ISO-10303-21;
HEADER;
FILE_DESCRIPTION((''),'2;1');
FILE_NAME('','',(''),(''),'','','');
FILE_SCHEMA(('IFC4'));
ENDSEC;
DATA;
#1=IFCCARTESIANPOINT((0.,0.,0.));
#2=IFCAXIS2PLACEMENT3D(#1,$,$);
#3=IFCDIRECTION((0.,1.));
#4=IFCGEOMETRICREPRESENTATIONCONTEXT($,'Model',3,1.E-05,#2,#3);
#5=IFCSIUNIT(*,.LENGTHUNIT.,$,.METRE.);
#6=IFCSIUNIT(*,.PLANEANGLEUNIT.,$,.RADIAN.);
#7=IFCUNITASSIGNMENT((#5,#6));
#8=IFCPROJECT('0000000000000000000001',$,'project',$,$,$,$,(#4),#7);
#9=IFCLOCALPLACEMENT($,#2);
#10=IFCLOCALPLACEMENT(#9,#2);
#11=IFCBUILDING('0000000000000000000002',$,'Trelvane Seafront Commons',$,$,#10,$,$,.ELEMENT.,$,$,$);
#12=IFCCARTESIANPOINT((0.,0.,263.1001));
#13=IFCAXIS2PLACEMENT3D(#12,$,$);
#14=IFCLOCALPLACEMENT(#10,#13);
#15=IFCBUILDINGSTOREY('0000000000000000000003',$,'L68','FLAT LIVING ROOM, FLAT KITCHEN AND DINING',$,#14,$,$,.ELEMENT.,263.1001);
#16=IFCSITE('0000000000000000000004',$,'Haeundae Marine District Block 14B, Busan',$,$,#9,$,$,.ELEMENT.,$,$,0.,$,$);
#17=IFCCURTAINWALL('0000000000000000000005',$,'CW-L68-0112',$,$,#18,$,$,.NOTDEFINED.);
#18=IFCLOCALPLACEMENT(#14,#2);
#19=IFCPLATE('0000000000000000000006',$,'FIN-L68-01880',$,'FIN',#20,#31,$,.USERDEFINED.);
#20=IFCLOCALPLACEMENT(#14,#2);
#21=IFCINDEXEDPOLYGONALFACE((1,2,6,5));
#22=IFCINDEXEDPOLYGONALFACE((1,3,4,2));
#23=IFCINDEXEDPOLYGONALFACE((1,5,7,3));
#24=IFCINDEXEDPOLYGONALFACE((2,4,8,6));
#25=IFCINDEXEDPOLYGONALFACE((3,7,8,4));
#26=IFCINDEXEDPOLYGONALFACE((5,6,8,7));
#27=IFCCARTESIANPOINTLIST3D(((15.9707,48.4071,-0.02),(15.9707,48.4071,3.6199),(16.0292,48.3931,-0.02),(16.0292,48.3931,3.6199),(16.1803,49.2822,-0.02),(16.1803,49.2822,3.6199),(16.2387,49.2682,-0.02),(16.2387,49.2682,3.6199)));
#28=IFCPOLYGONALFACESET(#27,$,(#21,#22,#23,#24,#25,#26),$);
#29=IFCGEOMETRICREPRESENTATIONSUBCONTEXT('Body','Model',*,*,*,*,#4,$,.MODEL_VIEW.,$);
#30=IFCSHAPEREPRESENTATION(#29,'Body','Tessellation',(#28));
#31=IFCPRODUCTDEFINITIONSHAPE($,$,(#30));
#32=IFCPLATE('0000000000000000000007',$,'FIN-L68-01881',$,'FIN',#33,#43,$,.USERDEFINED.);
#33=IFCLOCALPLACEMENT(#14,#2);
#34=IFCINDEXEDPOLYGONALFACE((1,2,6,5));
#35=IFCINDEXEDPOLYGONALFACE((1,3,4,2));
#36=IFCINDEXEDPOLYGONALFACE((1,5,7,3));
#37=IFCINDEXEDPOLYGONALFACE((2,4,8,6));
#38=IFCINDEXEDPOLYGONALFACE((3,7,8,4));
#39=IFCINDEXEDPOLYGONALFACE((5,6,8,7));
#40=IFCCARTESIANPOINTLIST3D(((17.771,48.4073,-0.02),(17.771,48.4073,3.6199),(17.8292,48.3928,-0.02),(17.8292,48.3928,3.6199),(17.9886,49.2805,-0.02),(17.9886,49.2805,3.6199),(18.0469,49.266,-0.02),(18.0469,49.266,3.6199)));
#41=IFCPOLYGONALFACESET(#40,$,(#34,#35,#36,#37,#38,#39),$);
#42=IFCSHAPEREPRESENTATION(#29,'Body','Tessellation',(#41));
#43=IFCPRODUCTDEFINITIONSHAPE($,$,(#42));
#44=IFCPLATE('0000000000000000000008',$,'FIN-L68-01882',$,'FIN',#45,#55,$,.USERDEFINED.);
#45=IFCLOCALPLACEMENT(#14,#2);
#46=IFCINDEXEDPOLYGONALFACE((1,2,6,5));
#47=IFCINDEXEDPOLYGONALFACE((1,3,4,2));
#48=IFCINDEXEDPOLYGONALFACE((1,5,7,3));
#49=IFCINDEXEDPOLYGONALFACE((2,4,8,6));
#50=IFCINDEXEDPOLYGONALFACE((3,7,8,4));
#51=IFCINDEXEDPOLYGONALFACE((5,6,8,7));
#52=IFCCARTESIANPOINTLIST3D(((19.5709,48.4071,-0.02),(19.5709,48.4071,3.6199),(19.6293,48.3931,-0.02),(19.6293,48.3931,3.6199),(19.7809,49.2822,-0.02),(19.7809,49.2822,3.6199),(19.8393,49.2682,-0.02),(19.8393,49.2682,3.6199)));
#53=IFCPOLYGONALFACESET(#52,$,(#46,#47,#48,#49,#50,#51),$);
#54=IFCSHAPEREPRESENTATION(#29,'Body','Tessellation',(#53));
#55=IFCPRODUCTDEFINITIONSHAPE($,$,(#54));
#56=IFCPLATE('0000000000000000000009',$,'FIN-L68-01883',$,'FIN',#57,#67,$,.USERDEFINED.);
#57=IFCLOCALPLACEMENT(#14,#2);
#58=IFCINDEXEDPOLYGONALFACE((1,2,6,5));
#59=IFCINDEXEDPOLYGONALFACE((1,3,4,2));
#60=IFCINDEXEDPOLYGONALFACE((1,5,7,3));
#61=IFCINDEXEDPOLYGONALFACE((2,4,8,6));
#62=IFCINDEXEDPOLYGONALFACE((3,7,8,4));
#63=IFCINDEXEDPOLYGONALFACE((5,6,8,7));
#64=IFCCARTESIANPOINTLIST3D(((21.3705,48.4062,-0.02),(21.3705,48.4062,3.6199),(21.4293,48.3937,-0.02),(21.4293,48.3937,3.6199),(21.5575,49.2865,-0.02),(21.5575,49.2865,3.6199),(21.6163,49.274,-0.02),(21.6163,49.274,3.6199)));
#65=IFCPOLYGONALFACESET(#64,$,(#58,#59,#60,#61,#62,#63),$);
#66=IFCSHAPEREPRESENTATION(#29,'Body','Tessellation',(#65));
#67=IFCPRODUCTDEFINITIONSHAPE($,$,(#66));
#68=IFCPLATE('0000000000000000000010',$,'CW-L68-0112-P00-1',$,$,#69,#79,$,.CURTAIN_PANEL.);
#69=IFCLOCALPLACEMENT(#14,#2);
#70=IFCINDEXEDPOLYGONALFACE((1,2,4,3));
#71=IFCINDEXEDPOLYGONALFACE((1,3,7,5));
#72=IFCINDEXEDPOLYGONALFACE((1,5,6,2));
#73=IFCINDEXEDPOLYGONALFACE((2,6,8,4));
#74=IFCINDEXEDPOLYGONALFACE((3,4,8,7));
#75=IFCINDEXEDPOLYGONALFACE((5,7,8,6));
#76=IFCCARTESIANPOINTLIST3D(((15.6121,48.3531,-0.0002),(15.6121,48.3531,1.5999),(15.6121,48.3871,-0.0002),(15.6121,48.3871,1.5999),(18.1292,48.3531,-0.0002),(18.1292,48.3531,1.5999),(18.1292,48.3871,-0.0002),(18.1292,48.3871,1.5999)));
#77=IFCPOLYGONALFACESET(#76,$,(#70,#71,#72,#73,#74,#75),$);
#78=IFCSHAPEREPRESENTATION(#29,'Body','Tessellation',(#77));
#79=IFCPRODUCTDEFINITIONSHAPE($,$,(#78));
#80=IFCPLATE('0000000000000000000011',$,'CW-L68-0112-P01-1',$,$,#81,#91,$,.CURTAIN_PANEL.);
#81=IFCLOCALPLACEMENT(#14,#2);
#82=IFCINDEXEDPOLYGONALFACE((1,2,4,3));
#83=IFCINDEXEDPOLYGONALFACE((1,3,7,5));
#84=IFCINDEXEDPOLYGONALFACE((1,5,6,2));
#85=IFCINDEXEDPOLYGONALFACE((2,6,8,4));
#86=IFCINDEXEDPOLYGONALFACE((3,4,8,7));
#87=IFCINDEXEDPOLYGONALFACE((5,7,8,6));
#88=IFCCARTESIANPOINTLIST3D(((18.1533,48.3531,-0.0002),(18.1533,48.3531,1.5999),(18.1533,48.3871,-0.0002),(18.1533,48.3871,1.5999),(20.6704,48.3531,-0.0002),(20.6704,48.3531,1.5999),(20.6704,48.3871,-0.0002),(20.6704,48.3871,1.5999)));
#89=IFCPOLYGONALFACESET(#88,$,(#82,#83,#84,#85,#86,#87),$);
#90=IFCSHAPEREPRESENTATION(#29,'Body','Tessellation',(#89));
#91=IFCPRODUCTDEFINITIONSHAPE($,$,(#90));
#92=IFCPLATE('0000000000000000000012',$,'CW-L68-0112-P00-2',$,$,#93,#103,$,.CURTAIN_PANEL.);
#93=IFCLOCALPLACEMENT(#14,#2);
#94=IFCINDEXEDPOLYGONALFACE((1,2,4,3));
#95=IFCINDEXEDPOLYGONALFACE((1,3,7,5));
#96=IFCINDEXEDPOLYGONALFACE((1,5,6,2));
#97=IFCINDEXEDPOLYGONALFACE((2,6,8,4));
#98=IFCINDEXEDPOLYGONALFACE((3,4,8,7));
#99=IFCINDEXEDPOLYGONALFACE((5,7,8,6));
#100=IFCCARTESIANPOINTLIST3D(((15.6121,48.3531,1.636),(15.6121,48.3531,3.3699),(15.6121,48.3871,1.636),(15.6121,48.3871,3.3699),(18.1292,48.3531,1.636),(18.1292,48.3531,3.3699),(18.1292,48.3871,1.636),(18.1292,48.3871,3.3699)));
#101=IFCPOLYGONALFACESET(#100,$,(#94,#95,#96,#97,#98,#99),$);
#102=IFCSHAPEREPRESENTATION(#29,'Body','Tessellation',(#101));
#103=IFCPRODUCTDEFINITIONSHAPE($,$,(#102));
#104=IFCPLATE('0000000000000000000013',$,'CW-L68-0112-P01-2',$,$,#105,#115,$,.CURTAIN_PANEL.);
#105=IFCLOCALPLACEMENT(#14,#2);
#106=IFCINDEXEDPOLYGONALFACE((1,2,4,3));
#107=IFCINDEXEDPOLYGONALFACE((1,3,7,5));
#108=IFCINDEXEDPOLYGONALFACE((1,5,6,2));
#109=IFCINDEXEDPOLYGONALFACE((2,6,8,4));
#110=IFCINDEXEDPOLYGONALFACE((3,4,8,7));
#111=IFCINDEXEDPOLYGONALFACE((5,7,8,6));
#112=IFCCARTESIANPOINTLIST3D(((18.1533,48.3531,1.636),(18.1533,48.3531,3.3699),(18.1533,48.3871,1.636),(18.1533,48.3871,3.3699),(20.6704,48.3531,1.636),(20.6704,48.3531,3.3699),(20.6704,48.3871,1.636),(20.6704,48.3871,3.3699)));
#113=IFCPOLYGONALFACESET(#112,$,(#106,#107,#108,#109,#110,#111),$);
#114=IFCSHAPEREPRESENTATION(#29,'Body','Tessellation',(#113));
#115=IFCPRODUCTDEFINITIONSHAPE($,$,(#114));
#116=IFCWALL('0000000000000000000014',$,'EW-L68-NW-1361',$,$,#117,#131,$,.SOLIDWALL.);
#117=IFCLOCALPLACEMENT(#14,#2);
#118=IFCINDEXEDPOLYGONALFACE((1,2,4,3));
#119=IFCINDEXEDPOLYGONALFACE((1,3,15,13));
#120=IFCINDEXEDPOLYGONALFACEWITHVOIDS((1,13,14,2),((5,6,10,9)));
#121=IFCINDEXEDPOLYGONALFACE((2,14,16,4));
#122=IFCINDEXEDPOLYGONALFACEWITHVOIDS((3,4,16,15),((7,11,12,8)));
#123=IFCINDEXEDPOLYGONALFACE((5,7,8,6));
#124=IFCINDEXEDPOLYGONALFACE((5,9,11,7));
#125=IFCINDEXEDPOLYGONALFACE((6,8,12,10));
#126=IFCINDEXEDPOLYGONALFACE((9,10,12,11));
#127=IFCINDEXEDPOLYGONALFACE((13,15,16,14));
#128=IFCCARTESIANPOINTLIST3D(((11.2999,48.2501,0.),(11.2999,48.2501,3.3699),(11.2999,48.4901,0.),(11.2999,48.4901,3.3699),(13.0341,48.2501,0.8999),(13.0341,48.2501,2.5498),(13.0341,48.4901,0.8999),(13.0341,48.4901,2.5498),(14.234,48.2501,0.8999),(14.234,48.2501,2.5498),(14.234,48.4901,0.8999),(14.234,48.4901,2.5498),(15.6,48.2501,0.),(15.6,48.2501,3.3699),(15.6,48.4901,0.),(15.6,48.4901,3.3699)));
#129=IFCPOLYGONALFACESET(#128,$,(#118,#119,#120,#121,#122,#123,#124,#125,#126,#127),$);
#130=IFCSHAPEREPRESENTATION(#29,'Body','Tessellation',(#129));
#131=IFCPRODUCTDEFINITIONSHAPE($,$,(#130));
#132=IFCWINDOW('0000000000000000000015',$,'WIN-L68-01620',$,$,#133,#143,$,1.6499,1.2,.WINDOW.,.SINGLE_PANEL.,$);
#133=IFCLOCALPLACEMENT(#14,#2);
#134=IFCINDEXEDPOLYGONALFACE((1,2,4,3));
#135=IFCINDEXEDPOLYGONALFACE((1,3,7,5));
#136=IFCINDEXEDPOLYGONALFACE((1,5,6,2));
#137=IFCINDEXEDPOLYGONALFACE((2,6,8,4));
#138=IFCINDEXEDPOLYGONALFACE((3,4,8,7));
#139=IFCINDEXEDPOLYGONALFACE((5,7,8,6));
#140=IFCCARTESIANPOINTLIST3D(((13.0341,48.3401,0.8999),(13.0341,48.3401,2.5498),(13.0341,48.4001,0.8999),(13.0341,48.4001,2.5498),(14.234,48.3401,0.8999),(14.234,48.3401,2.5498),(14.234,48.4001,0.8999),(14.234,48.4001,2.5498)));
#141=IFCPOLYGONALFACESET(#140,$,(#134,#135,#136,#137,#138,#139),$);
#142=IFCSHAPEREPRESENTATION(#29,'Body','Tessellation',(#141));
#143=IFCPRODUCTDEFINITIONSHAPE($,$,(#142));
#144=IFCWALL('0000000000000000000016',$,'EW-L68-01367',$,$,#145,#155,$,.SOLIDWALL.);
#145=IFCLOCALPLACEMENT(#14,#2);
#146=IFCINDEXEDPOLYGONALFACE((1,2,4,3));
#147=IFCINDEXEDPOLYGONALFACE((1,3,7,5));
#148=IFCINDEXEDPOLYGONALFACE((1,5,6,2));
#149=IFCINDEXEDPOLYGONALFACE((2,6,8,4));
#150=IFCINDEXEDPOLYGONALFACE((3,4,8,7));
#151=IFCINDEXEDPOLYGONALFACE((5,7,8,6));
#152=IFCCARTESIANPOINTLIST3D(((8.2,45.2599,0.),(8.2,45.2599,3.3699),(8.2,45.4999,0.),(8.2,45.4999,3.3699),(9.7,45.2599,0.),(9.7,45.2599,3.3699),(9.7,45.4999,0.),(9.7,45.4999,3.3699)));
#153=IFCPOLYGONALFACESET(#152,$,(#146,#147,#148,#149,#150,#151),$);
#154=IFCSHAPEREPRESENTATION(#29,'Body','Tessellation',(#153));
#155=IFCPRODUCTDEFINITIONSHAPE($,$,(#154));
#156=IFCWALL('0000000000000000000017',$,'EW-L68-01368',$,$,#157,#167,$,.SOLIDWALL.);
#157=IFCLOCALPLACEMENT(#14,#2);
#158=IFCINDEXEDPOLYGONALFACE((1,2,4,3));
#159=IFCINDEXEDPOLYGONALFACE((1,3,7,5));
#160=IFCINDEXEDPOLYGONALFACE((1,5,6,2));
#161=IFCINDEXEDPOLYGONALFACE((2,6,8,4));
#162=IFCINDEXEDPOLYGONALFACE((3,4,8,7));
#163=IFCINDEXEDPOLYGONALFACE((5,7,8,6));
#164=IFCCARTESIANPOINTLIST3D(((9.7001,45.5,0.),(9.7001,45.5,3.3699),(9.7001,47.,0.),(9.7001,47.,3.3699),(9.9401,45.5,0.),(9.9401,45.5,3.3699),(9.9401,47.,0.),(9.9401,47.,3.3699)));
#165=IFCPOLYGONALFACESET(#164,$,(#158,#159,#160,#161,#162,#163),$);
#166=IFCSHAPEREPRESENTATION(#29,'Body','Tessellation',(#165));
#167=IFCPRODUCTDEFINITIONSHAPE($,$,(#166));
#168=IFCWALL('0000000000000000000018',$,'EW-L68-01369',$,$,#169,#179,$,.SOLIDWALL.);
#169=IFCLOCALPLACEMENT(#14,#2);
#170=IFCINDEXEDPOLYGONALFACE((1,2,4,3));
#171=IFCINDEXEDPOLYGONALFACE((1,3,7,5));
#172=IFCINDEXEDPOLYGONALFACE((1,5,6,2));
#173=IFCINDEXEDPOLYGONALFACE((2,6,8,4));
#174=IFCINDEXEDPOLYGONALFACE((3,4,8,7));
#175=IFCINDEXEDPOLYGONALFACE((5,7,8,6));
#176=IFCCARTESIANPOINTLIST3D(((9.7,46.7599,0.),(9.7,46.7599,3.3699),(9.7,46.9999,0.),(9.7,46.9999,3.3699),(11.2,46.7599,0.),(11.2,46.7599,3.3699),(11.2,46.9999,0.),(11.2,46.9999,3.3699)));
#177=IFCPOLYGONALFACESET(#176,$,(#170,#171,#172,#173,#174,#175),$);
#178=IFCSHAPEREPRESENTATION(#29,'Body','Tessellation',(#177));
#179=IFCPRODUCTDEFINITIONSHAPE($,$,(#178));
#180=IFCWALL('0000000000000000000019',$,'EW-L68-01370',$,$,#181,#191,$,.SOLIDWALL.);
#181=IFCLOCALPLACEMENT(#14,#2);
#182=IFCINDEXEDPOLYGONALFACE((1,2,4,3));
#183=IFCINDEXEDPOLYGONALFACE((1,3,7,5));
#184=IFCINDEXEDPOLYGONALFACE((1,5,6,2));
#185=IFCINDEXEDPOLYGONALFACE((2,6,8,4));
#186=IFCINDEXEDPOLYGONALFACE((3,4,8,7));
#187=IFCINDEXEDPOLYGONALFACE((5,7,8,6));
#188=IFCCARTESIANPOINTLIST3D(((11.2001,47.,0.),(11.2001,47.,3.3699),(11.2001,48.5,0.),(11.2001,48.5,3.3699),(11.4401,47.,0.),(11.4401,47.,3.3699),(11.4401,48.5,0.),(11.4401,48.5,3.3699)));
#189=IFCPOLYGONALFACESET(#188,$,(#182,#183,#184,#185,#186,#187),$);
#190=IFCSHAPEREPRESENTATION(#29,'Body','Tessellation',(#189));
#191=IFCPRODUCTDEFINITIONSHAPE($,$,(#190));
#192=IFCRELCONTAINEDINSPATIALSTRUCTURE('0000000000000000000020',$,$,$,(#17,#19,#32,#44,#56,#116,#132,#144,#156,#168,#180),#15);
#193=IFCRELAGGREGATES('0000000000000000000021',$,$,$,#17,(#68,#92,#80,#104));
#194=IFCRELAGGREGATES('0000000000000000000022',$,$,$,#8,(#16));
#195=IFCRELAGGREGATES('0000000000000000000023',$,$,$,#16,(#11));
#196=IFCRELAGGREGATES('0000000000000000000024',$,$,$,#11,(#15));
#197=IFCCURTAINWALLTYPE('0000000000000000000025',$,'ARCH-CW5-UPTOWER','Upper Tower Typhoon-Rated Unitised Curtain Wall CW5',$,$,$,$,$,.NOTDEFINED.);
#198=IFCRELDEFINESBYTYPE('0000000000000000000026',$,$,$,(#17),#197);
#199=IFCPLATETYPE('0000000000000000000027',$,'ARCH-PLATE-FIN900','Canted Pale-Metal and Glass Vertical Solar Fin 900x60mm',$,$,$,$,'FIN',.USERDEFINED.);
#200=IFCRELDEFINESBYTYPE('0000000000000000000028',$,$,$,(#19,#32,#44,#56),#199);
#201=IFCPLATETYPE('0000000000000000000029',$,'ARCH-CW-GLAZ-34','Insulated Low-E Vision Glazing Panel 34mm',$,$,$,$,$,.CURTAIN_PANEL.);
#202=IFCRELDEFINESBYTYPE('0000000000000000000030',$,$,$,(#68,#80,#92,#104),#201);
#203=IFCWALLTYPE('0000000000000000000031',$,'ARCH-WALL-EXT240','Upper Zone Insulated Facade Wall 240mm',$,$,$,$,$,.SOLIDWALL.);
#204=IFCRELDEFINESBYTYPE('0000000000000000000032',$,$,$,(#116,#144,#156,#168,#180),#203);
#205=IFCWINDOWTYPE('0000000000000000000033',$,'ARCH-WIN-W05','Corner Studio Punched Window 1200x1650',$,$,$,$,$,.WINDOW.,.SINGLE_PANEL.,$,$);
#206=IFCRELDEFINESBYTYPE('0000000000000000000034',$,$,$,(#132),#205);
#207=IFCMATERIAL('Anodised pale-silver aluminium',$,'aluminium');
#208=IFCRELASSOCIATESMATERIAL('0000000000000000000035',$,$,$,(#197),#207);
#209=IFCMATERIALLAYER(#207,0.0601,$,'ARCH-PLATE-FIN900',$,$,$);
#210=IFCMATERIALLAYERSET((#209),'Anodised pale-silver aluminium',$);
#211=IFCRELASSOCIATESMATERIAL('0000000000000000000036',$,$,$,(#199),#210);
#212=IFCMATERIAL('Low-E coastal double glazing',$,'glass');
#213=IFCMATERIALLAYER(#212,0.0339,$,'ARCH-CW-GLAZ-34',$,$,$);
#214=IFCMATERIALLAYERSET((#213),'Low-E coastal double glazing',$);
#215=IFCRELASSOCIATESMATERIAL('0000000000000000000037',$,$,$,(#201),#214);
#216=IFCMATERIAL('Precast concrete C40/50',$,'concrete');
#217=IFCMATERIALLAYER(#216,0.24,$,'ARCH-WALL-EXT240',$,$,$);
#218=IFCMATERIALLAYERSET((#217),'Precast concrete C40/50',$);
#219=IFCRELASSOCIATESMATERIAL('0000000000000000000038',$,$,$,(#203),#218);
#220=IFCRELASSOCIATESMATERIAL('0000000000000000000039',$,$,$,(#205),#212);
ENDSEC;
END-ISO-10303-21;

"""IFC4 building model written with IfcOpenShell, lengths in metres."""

from ifc_helpers import new_model, si_unit, direction, frame, frame_2d, origin, origin_2d, place, context, subcontext, project, spatial, rectangle, extrude, source, transform, mapped, material, layer, layer_set, type_object, element, fill, aggregate, save


model = new_model("IFC4")

# Units and contexts
model_context = context("Model", 3, precision=1e-05, world=origin(), true_north=direction((0.0, 1.0)))
body_context = subcontext(model_context, "Body", "Model", "MODEL_VIEW")
ifc_project = project(units=[si_unit("LENGTHUNIT", "METRE"), si_unit("PLANEANGLEUNIT", "RADIAN")], contexts=[model_context])

# Site, building, storey
site_placement = place(None, origin())
site = spatial("IfcSite", under=ifc_project, at=site_placement, Name="Haeundae Marine District Block 14B, Busan", CompositionType="ELEMENT", RefElevation=0.0)
building_placement = place(site_placement, origin())
building = spatial("IfcBuilding", under=site, at=building_placement, Name="Trelvane Seafront Commons", CompositionType="ELEMENT")
storey_placement = place(building_placement, frame((0.0, 0.0, 263.1001)))
storey = spatial("IfcBuildingStorey", under=building, at=storey_placement, Name="L68", Description="FLAT LIVING ROOM, FLAT KITCHEN AND DINING", CompositionType="ELEMENT", Elevation=263.1001)

# Curtain wall
ifc_material_1 = material(Name="Anodised pale-silver aluminium", Category="aluminium")
curtain_wall_type = type_object("IfcCurtainWallType", Name="ARCH-CW5-UPTOWER", Description="Upper Tower Typhoon-Rated Unitised Curtain Wall CW5", PredefinedType="NOTDEFINED", material=ifc_material_1)
curtain_wall_placement = place(storey_placement, origin())
curtain_wall = element("IfcCurtainWall", 1, at=curtain_wall_placement, inside=storey, type_object=curtain_wall_type, Name="CW-L68-0112", PredefinedType="NOTDEFINED")

# Plates
ifc_layer_1 = layer(ifc_material_1, 0.0601, Name="ARCH-PLATE-FIN900")
ifc_layer_set_1 = layer_set([ifc_layer_1], Name="Anodised pale-silver aluminium")
plate_type_1 = type_object("IfcPlateType", Name="ARCH-PLATE-FIN900", Description="Canted Pale-Metal and Glass Vertical Solar Fin 900x60mm", ElementType="FIN", PredefinedType="USERDEFINED", material=ifc_layer_set_1)
shared_shape_1 = source(origin(), body_context, "Body", "SweptSolid", [
    extrude(rectangle(XDim=0.8999, YDim=0.0601, at=origin_2d()), origin(), (0.0, 0.0, 1.0), 3.6399),
])
for number, where, z_axis, x_axis, name in (
    (2, (16.1047, 48.8376, -0.02), (0.0, 0.0, 1.0), (0.232877, 0.972506, 0.0), "FIN-L68-01880"),
    (3, (17.9089, 48.8367, -0.02), (0.0, 0.0, 1.0), (0.241881, 0.970306, 0.0), "FIN-L68-01881"),
    (4, (19.7051, 48.8376, -0.02), (0.0, 0.0, 1.0), (0.233347, 0.972394, 0.0), "FIN-L68-01882"),
    (5, (21.4934, 48.8401, -0.02), (0.0, 0.0, 1.0), (0.207768, 0.978178, 0.0), "FIN-L68-01883"),
):
    element("IfcPlate", number, at=place(storey_placement, frame(where, z_axis=z_axis, x_axis=x_axis)), inside=storey, type_object=plate_type_1, Name=name, ObjectType="FIN", PredefinedType="USERDEFINED", context=body_context, shape_type="MappedRepresentation", body=[
        mapped(shared_shape_1, transform((0.0, 0.0, 0.0), x_axis=(1.0, 0.0, 0.0), y_axis=(0.0, 1.0, 0.0), z_axis=(0.0, 0.0, 1.0), scale=1.0)),
    ])

# Plates
ifc_material_2 = material(Name="Low-E coastal double glazing", Category="glass")
ifc_layer_2 = layer(ifc_material_2, 0.0339, Name="ARCH-CW-GLAZ-34")
ifc_layer_set_2 = layer_set([ifc_layer_2], Name="Low-E coastal double glazing")
plate_type_2 = type_object("IfcPlateType", Name="ARCH-CW-GLAZ-34", Description="Insulated Low-E Vision Glazing Panel 34mm", PredefinedType="CURTAIN_PANEL", material=ifc_layer_set_2)
shared_shape_2 = source(origin(), body_context, "Body", "SweptSolid", [
    extrude(rectangle(XDim=2.5171, YDim=0.0339, at=origin_2d()), origin(), (0.0, 0.0, 1.0), 1.6001),
])
plate_1_placement = place(storey_placement, frame((16.8706, 48.3701, -0.0002), z_axis=(0.0, 0.0, 1.0), x_axis=(1.0, 0.0, 0.0)))
plate_1 = element("IfcPlate", 6, at=plate_1_placement, type_object=plate_type_2, Name="CW-L68-0112-P00-1", PredefinedType="CURTAIN_PANEL", context=body_context, shape_type="MappedRepresentation", body=[
    mapped(shared_shape_2, transform((0.0, 0.0, 0.0), x_axis=(1.0, 0.0, 0.0), y_axis=(0.0, 1.0, 0.0), z_axis=(0.0, 0.0, 1.0), scale=1.0)),
])
plate_2_placement = place(storey_placement, frame((19.4119, 48.3701, -0.0002), z_axis=(0.0, 0.0, 1.0), x_axis=(1.0, 0.0, 0.0)))
plate_2 = element("IfcPlate", 7, at=plate_2_placement, type_object=plate_type_2, Name="CW-L68-0112-P01-1", PredefinedType="CURTAIN_PANEL", context=body_context, shape_type="MappedRepresentation", body=[
    mapped(shared_shape_2, transform((0.0, 0.0, 0.0), x_axis=(1.0, 0.0, 0.0), y_axis=(0.0, 1.0, 0.0), z_axis=(0.0, 0.0, 1.0), scale=1.0)),
])
shared_shape_3 = source(origin(), body_context, "Body", "SweptSolid", [
    extrude(rectangle(XDim=2.5171, YDim=0.0339, at=origin_2d()), origin(), (0.0, 0.0, 1.0), 1.7339),
])
plate_3_placement = place(storey_placement, frame((16.8706, 48.3701, 1.636), z_axis=(0.0, 0.0, 1.0), x_axis=(1.0, 0.0, 0.0)))
plate_3 = element("IfcPlate", 8, at=plate_3_placement, type_object=plate_type_2, Name="CW-L68-0112-P00-2", PredefinedType="CURTAIN_PANEL", context=body_context, shape_type="MappedRepresentation", body=[
    mapped(shared_shape_3, transform((0.0, 0.0, 0.0), x_axis=(1.0, 0.0, 0.0), y_axis=(0.0, 1.0, 0.0), z_axis=(0.0, 0.0, 1.0), scale=1.0)),
])
plate_4_placement = place(storey_placement, frame((19.4119, 48.3701, 1.636), z_axis=(0.0, 0.0, 1.0), x_axis=(1.0, 0.0, 0.0)))
plate_4 = element("IfcPlate", 9, at=plate_4_placement, type_object=plate_type_2, Name="CW-L68-0112-P01-2", PredefinedType="CURTAIN_PANEL", context=body_context, shape_type="MappedRepresentation", body=[
    mapped(shared_shape_3, transform((0.0, 0.0, 0.0), x_axis=(1.0, 0.0, 0.0), y_axis=(0.0, 1.0, 0.0), z_axis=(0.0, 0.0, 1.0), scale=1.0)),
])
aggregate(curtain_wall, [plate_1, plate_3, plate_2, plate_4])

# Wall, opening, window
ifc_material_3 = material(Name="Precast concrete C40/50", Category="concrete")
ifc_layer_3 = layer(ifc_material_3, 0.24, Name="ARCH-WALL-EXT240")
ifc_layer_set_3 = layer_set([ifc_layer_3], Name="Precast concrete C40/50")
wall_type = type_object("IfcWallType", Name="ARCH-WALL-EXT240", Description="Upper Zone Insulated Facade Wall 240mm", PredefinedType="SOLIDWALL", material=ifc_layer_set_3)
wall_placement = place(storey_placement, frame((11.3, 48.3701, 0.0), z_axis=(0.0, 0.0, 1.0), x_axis=(1.0, 0.0, 0.0)))
wall = element("IfcWall", 10, at=wall_placement, inside=storey, type_object=wall_type, Name="EW-L68-NW-1361", PredefinedType="SOLIDWALL", context=body_context, shape_type="SweptSolid", body=[
    extrude(rectangle(XDim=4.3, YDim=0.24, at=frame_2d((2.1499, 0.0))), origin(), (0.0, 0.0, 1.0), 3.3699),
])
opening_placement = place(wall_placement, frame((1.7339, 0.0, 0.8999)))
opening = element("IfcOpeningElement", 11, at=opening_placement, cuts=wall, PredefinedType="OPENING", context=body_context, shape_type="SweptSolid", body=[
    extrude(rectangle(XDim=1.2, YDim=1.6499, at=frame_2d((0.6001, 0.825))), frame((0.0, 0.1299, 0.0), z_axis=(0.0, -1.0, 0.0), x_axis=(1.0, 0.0, 0.0)), (0.0, 0.0, 1.0), 0.26),
])
window_type = type_object("IfcWindowType", Name="ARCH-WIN-W05", Description="Corner Studio Punched Window 1200x1650", PartitioningType="SINGLE_PANEL", PredefinedType="WINDOW", material=ifc_material_2)
shared_shape_4 = source(origin(), body_context, "Body", "SweptSolid", [
    extrude(rectangle(XDim=1.2, YDim=1.6499, at=frame_2d((0.6001, 0.825))), frame((0.0, 0.03, 0.0), z_axis=(0.0, -1.0, 0.0), x_axis=(1.0, 0.0, 0.0)), (0.0, 0.0, 1.0), 0.0601),
])
window_placement = place(opening_placement, origin())
window = element("IfcWindow", 12, at=window_placement, inside=storey, type_object=window_type, Name="WIN-L68-01620", OverallHeight=1.6499, OverallWidth=1.2, PartitioningType="SINGLE_PANEL", PredefinedType="WINDOW", context=body_context, shape_type="MappedRepresentation", body=[
    mapped(shared_shape_4, transform((0.0, 0.0, 0.0), x_axis=(1.0, 0.0, 0.0), y_axis=(0.0, 1.0, 0.0), z_axis=(0.0, 0.0, 1.0), scale=1.0)),
])
fill(opening, window)

# Walls
for number, where, z_axis, x_axis, name in (
    (13, (8.2, 45.3799, 0.0), (0.0, 0.0, 1.0), (1.0, 0.0, 0.0), "EW-L68-01367"),
    (14, (9.8201, 45.5, 0.0), (0.0, 0.0, 1.0), (0.0, 1.0, 0.0), "EW-L68-01368"),
    (15, (9.7, 46.8799, 0.0), (0.0, 0.0, 1.0), (1.0, 0.0, 0.0), "EW-L68-01369"),
    (16, (11.3201, 47.0, 0.0), (0.0, 0.0, 1.0), (0.0, 1.0, 0.0), "EW-L68-01370"),
):
    element("IfcWall", number, at=place(storey_placement, frame(where, z_axis=z_axis, x_axis=x_axis)), inside=storey, type_object=wall_type, Name=name, PredefinedType="SOLIDWALL", context=body_context, shape_type="SweptSolid", body=[
        extrude(rectangle(XDim=1.5, YDim=0.24, at=frame_2d((0.75, 0.0))), origin(), (0.0, 0.0, 1.0), 3.3699),
    ])

save(model, "model.ifc")
